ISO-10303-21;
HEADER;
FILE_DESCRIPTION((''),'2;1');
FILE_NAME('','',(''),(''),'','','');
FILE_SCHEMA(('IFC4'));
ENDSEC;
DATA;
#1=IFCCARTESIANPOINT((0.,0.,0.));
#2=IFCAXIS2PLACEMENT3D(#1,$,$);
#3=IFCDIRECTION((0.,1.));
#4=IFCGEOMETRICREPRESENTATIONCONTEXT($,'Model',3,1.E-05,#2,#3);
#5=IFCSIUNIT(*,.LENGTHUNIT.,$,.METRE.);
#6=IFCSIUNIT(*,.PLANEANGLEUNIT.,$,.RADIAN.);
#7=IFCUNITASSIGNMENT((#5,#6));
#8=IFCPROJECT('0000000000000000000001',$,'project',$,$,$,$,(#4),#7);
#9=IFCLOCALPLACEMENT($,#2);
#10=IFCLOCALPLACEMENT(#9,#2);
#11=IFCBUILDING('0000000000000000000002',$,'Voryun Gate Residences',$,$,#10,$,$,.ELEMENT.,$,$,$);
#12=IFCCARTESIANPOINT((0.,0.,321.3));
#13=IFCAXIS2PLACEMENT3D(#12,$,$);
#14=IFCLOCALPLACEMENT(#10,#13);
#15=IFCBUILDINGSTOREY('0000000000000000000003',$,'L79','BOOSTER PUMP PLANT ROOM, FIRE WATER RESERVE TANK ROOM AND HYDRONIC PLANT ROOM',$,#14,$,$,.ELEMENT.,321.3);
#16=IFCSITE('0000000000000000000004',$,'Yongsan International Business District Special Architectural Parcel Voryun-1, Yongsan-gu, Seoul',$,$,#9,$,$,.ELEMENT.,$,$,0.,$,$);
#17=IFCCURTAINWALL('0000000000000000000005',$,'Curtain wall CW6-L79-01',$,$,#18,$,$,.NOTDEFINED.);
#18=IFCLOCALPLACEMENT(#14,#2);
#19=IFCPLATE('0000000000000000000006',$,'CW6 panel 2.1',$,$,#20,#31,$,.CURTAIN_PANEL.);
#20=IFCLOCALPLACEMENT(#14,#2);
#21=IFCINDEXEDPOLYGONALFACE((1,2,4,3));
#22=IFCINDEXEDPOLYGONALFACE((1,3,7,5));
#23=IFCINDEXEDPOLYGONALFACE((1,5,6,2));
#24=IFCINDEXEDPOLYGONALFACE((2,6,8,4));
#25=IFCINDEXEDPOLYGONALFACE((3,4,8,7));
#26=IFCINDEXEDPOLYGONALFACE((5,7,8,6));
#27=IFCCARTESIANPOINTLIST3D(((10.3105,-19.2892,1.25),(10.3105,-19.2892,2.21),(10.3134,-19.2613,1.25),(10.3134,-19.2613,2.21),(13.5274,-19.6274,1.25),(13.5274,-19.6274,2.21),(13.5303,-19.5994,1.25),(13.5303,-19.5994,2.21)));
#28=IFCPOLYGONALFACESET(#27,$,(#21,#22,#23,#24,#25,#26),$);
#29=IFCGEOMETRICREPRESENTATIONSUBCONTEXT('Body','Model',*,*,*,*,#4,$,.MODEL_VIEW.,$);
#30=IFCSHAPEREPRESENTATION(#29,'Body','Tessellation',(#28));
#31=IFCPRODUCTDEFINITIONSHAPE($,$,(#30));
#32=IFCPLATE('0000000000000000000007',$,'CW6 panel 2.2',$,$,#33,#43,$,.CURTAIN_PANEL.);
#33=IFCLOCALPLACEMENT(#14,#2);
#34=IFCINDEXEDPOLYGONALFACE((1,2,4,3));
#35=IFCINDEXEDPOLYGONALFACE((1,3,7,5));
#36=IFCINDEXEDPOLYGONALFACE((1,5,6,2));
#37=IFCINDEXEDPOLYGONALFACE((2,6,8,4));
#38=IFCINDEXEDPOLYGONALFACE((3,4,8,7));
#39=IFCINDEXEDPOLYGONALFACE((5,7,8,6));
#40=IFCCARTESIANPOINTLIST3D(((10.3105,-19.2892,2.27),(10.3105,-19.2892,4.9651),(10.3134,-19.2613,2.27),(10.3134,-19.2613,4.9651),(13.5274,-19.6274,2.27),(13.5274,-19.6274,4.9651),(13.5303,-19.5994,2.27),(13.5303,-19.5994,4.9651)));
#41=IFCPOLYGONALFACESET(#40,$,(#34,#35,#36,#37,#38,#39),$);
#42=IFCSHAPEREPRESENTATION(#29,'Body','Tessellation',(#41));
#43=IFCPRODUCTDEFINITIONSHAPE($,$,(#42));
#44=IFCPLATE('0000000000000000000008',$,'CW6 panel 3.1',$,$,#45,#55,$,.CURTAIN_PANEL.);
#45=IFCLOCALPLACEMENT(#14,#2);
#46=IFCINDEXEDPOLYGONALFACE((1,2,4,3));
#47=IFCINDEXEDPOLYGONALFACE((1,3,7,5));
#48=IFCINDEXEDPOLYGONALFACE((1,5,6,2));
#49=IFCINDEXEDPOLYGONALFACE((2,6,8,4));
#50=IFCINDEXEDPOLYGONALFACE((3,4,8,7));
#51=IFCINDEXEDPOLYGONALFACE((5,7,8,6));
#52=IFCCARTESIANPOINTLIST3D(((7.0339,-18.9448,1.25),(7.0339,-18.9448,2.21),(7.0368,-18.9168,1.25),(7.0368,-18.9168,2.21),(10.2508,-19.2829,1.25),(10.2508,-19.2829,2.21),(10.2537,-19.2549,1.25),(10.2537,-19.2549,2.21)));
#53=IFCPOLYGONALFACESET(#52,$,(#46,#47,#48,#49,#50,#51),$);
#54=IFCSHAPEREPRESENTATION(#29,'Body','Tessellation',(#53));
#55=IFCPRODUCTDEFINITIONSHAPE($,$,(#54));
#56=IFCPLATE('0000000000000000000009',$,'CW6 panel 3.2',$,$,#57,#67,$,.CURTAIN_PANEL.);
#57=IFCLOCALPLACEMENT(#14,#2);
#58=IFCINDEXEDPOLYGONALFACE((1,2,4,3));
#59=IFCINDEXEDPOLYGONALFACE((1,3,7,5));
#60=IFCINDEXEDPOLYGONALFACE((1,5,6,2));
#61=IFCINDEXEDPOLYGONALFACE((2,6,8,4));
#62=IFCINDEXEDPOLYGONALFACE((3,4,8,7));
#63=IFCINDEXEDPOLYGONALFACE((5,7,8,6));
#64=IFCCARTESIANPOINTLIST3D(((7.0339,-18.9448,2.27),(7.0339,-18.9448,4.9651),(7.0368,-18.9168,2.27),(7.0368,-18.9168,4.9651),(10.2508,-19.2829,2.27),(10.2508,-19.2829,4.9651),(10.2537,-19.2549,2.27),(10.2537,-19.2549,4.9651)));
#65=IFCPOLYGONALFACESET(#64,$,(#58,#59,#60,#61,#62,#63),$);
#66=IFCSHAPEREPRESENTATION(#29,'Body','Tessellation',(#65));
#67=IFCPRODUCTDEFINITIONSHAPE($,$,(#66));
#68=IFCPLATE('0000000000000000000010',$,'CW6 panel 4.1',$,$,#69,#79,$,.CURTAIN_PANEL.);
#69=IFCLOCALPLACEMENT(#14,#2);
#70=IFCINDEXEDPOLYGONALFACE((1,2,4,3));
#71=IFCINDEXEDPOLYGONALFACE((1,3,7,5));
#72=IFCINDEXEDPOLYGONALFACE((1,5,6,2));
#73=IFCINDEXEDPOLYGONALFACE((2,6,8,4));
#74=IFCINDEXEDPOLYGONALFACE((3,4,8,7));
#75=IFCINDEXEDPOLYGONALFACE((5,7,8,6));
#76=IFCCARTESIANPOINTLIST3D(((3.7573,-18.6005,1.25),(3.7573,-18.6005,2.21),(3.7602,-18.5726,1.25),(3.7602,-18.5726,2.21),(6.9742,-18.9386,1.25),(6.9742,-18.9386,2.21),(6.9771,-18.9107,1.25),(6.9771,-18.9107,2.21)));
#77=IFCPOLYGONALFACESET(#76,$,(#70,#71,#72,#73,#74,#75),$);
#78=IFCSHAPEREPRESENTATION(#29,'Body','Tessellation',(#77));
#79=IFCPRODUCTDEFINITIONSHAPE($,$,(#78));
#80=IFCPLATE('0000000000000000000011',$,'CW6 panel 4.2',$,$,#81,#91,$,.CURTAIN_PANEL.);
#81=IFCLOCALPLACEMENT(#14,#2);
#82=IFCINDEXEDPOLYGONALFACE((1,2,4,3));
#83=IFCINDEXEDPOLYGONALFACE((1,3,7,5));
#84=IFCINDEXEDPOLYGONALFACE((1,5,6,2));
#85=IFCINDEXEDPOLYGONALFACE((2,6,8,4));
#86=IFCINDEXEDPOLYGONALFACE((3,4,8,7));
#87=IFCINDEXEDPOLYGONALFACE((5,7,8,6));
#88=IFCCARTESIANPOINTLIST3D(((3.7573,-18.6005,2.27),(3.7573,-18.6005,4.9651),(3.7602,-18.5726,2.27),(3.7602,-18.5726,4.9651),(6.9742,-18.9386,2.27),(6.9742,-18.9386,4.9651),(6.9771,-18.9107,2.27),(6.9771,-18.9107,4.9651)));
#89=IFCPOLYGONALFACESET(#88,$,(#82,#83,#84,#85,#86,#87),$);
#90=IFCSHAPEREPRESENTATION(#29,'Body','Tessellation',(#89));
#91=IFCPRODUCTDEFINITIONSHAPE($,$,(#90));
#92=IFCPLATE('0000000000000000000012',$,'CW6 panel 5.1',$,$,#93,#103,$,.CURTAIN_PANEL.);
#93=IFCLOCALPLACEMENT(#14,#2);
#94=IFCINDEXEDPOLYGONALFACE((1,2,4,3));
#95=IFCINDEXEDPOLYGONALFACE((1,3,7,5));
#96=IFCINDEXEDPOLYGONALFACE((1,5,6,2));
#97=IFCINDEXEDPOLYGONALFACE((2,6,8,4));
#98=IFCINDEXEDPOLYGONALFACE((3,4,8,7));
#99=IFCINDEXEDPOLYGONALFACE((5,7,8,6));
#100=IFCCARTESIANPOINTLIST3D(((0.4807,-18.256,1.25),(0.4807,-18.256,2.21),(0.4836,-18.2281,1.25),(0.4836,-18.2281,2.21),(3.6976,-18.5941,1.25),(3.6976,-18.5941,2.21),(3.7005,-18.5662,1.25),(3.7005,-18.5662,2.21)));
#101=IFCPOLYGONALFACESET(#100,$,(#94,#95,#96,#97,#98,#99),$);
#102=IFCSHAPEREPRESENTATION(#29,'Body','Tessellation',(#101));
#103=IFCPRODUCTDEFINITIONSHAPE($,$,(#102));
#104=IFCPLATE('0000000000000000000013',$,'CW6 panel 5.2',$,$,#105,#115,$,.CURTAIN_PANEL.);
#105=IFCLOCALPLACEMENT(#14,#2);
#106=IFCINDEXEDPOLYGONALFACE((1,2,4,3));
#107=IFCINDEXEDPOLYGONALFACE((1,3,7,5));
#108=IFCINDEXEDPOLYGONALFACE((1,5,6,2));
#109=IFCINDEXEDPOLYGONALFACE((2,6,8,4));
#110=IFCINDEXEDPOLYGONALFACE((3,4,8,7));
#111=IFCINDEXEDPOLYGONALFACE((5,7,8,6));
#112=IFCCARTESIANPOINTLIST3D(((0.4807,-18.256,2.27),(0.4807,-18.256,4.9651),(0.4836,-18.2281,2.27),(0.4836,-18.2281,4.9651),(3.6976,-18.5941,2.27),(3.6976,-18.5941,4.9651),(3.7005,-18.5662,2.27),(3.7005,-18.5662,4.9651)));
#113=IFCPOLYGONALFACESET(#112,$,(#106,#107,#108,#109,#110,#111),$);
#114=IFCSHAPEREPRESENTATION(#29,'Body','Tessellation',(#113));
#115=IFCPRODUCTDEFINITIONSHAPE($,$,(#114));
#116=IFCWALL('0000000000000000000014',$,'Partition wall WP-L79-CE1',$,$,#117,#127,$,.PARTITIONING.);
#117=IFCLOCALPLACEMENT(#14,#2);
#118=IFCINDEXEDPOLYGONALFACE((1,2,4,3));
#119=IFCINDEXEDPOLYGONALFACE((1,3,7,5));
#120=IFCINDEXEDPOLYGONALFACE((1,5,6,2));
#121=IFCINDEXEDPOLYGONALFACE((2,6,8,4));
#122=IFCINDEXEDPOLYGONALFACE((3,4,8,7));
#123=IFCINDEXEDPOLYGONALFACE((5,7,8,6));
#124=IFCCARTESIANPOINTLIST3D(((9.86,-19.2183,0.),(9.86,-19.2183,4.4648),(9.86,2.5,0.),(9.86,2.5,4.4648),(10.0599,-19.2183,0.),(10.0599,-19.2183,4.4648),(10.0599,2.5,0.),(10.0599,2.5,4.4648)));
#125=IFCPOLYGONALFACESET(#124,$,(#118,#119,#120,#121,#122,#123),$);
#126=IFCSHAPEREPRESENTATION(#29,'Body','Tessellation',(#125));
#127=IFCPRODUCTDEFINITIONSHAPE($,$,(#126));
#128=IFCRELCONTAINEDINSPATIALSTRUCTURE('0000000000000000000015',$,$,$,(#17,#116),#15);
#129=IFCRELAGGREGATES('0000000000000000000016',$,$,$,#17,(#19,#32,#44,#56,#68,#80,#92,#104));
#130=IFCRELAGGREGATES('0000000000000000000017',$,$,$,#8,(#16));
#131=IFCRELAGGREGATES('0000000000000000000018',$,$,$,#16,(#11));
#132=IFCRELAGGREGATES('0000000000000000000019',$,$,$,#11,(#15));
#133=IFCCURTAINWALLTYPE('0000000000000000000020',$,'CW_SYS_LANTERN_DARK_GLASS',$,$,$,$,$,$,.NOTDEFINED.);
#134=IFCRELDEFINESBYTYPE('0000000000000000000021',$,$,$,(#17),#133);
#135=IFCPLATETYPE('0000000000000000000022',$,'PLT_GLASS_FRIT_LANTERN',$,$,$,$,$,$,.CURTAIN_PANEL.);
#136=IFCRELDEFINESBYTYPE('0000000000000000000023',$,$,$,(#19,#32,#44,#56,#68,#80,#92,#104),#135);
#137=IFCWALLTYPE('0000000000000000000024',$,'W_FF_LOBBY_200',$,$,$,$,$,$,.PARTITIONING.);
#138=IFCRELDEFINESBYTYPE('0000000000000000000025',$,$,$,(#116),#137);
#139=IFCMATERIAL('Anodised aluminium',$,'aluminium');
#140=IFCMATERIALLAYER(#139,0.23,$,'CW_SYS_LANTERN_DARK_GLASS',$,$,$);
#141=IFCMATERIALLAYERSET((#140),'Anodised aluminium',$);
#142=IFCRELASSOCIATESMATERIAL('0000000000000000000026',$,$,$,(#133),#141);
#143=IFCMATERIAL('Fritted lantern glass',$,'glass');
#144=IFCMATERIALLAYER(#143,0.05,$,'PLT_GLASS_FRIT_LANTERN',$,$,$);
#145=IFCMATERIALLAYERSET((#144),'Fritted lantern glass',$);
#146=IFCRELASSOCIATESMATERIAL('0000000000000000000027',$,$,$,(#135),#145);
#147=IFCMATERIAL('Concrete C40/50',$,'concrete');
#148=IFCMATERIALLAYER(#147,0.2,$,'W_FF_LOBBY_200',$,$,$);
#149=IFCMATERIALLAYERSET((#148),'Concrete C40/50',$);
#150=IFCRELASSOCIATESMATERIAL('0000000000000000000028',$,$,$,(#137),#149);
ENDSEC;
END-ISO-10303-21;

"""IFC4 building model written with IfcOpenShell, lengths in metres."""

from ifc_helpers import new_model, si_unit, direction, frame, frame_2d, origin, origin_2d, place, context, subcontext, project, spatial, rectangle, extrude, material, layer, layer_set, type_object, element, aggregate, save


model = new_model("IFC4")

# Units and contexts
model_context = context("Model", 3, precision=1e-05, world=origin(), true_north=direction((0.0, 1.0)))
body_context = subcontext(model_context, "Body", "Model", "MODEL_VIEW")
ifc_project = project(units=[si_unit("LENGTHUNIT", "METRE"), si_unit("PLANEANGLEUNIT", "RADIAN")], contexts=[model_context])

# Site, building, storey
site_placement = place(None, origin())
site = spatial("IfcSite", under=ifc_project, at=site_placement, Name="Yongsan International Business District Special Architectural Parcel Voryun-1, Yongsan-gu, Seoul", CompositionType="ELEMENT", RefElevation=0.0)
building_placement = place(site_placement, origin())
building = spatial("IfcBuilding", under=site, at=building_placement, Name="Voryun Gate Residences", CompositionType="ELEMENT")
storey_placement = place(building_placement, frame((0.0, 0.0, 321.3)))
storey = spatial("IfcBuildingStorey", under=building, at=storey_placement, Name="L79", Description="BOOSTER PUMP PLANT ROOM, FIRE WATER RESERVE TANK ROOM AND HYDRONIC PLANT ROOM", CompositionType="ELEMENT", Elevation=321.3)

# Curtain wall
ifc_material_1 = material(Name="Anodised aluminium", Category="aluminium")
ifc_layer_1 = layer(ifc_material_1, 0.23, Name="CW_SYS_LANTERN_DARK_GLASS")
ifc_layer_set_1 = layer_set([ifc_layer_1], Name="Anodised aluminium")
curtain_wall_type = type_object("IfcCurtainWallType", Name="CW_SYS_LANTERN_DARK_GLASS", PredefinedType="NOTDEFINED", material=ifc_layer_set_1)
curtain_wall_placement = place(storey_placement, origin())
curtain_wall = element("IfcCurtainWall", 1, at=curtain_wall_placement, inside=storey, type_object=curtain_wall_type, Name="Curtain wall CW6-L79-01", PredefinedType="NOTDEFINED")

# Plates
ifc_material_2 = material(Name="Fritted lantern glass", Category="glass")
ifc_layer_2 = layer(ifc_material_2, 0.05, Name="PLT_GLASS_FRIT_LANTERN")
ifc_layer_set_2 = layer_set([ifc_layer_2], Name="Fritted lantern glass")
plate_type_1 = type_object("IfcPlateType", Name="PLT_GLASS_FRIT_LANTERN", PredefinedType="CURTAIN_PANEL", material=ifc_layer_set_2)
plate_1_placement = place(storey_placement, frame((11.9204, -19.4443, 1.25), z_axis=(0.0, 0.0, 1.0), x_axis=(-0.994522, 0.104528, 0.0)))
plate_1 = element("IfcPlate", 2, at=plate_1_placement, type_object=plate_type_1, Name="CW6 panel 2.1", PredefinedType="CURTAIN_PANEL", context=body_context, shape_type="SweptSolid", body=[
    extrude(rectangle(XDim=3.2346, YDim=0.0281, at=origin_2d()), origin(), (0.0, 0.0, 1.0), 0.96),
])
plate_2_placement = place(storey_placement, frame((11.9204, -19.4443, 2.27), z_axis=(0.0, 0.0, 1.0), x_axis=(-0.994522, 0.104528, 0.0)))
plate_2 = element("IfcPlate", 3, at=plate_2_placement, type_object=plate_type_1, Name="CW6 panel 2.2", PredefinedType="CURTAIN_PANEL", context=body_context, shape_type="SweptSolid", body=[
    extrude(rectangle(XDim=3.2346, YDim=0.0281, at=origin_2d()), origin(), (0.0, 0.0, 1.0), 2.6951),
])
plate_3_placement = place(storey_placement, frame((8.6438, -19.0999, 1.25), z_axis=(0.0, 0.0, 1.0), x_axis=(-0.994522, 0.104528, 0.0)))
plate_3 = element("IfcPlate", 4, at=plate_3_placement, type_object=plate_type_1, Name="CW6 panel 3.1", PredefinedType="CURTAIN_PANEL", context=body_context, shape_type="SweptSolid", body=[
    extrude(rectangle(XDim=3.2346, YDim=0.0281, at=origin_2d()), origin(), (0.0, 0.0, 1.0), 0.96),
])
plate_4_placement = place(storey_placement, frame((8.6438, -19.0999, 2.27), z_axis=(0.0, 0.0, 1.0), x_axis=(-0.994522, 0.104528, 0.0)))
plate_4 = element("IfcPlate", 5, at=plate_4_placement, type_object=plate_type_1, Name="CW6 panel 3.2", PredefinedType="CURTAIN_PANEL", context=body_context, shape_type="SweptSolid", body=[
    extrude(rectangle(XDim=3.2346, YDim=0.0281, at=origin_2d()), origin(), (0.0, 0.0, 1.0), 2.6951),
])
plate_5_placement = place(storey_placement, frame((5.3672, -18.7556, 1.25), z_axis=(0.0, 0.0, 1.0), x_axis=(-0.994522, 0.104528, 0.0)))
plate_5 = element("IfcPlate", 6, at=plate_5_placement, type_object=plate_type_1, Name="CW6 panel 4.1", PredefinedType="CURTAIN_PANEL", context=body_context, shape_type="SweptSolid", body=[
    extrude(rectangle(XDim=3.2346, YDim=0.0281, at=origin_2d()), origin(), (0.0, 0.0, 1.0), 0.96),
])
plate_6_placement = place(storey_placement, frame((5.3672, -18.7556, 2.27), z_axis=(0.0, 0.0, 1.0), x_axis=(-0.994522, 0.104528, 0.0)))
plate_6 = element("IfcPlate", 7, at=plate_6_placement, type_object=plate_type_1, Name="CW6 panel 4.2", PredefinedType="CURTAIN_PANEL", context=body_context, shape_type="SweptSolid", body=[
    extrude(rectangle(XDim=3.2346, YDim=0.0281, at=origin_2d()), origin(), (0.0, 0.0, 1.0), 2.6951),
])
plate_7_placement = place(storey_placement, frame((2.0906, -18.4111, 1.25), z_axis=(0.0, 0.0, 1.0), x_axis=(-0.994522, 0.104528, 0.0)))
plate_7 = element("IfcPlate", 8, at=plate_7_placement, type_object=plate_type_1, Name="CW6 panel 5.1", PredefinedType="CURTAIN_PANEL", context=body_context, shape_type="SweptSolid", body=[
    extrude(rectangle(XDim=3.2346, YDim=0.0281, at=origin_2d()), origin(), (0.0, 0.0, 1.0), 0.96),
])
plate_8_placement = place(storey_placement, frame((2.0906, -18.4111, 2.27), z_axis=(0.0, 0.0, 1.0), x_axis=(-0.994522, 0.104528, 0.0)))
plate_8 = element("IfcPlate", 9, at=plate_8_placement, type_object=plate_type_1, Name="CW6 panel 5.2", PredefinedType="CURTAIN_PANEL", context=body_context, shape_type="SweptSolid", body=[
    extrude(rectangle(XDim=3.2346, YDim=0.0281, at=origin_2d()), origin(), (0.0, 0.0, 1.0), 2.6951),
])
aggregate(curtain_wall, [plate_1, plate_2, plate_3, plate_4, plate_5, plate_6, plate_7, plate_8])

# Wall
ifc_material_3 = material(Name="Concrete C40/50", Category="concrete")
ifc_layer_3 = layer(ifc_material_3, 0.2, Name="W_FF_LOBBY_200")
ifc_layer_set_3 = layer_set([ifc_layer_3], Name="Concrete C40/50")
wall_type = type_object("IfcWallType", Name="W_FF_LOBBY_200", PredefinedType="PARTITIONING", material=ifc_layer_set_3)
wall_placement = place(storey_placement, frame((9.96, -19.2183, 0.0), z_axis=(0.0, 0.0, 1.0), x_axis=(0.0, 1.0, 0.0)))
element("IfcWall", 10, at=wall_placement, inside=storey, type_object=wall_type, Name="Partition wall WP-L79-CE1", PredefinedType="PARTITIONING", context=body_context, shape_type="SweptSolid", body=[
    extrude(rectangle(XDim=21.7183, YDim=0.2, at=frame_2d((10.8591, 0.0))), origin(), (0.0, 0.0, 1.0), 4.4648),
])

save(model, "model.ifc")
